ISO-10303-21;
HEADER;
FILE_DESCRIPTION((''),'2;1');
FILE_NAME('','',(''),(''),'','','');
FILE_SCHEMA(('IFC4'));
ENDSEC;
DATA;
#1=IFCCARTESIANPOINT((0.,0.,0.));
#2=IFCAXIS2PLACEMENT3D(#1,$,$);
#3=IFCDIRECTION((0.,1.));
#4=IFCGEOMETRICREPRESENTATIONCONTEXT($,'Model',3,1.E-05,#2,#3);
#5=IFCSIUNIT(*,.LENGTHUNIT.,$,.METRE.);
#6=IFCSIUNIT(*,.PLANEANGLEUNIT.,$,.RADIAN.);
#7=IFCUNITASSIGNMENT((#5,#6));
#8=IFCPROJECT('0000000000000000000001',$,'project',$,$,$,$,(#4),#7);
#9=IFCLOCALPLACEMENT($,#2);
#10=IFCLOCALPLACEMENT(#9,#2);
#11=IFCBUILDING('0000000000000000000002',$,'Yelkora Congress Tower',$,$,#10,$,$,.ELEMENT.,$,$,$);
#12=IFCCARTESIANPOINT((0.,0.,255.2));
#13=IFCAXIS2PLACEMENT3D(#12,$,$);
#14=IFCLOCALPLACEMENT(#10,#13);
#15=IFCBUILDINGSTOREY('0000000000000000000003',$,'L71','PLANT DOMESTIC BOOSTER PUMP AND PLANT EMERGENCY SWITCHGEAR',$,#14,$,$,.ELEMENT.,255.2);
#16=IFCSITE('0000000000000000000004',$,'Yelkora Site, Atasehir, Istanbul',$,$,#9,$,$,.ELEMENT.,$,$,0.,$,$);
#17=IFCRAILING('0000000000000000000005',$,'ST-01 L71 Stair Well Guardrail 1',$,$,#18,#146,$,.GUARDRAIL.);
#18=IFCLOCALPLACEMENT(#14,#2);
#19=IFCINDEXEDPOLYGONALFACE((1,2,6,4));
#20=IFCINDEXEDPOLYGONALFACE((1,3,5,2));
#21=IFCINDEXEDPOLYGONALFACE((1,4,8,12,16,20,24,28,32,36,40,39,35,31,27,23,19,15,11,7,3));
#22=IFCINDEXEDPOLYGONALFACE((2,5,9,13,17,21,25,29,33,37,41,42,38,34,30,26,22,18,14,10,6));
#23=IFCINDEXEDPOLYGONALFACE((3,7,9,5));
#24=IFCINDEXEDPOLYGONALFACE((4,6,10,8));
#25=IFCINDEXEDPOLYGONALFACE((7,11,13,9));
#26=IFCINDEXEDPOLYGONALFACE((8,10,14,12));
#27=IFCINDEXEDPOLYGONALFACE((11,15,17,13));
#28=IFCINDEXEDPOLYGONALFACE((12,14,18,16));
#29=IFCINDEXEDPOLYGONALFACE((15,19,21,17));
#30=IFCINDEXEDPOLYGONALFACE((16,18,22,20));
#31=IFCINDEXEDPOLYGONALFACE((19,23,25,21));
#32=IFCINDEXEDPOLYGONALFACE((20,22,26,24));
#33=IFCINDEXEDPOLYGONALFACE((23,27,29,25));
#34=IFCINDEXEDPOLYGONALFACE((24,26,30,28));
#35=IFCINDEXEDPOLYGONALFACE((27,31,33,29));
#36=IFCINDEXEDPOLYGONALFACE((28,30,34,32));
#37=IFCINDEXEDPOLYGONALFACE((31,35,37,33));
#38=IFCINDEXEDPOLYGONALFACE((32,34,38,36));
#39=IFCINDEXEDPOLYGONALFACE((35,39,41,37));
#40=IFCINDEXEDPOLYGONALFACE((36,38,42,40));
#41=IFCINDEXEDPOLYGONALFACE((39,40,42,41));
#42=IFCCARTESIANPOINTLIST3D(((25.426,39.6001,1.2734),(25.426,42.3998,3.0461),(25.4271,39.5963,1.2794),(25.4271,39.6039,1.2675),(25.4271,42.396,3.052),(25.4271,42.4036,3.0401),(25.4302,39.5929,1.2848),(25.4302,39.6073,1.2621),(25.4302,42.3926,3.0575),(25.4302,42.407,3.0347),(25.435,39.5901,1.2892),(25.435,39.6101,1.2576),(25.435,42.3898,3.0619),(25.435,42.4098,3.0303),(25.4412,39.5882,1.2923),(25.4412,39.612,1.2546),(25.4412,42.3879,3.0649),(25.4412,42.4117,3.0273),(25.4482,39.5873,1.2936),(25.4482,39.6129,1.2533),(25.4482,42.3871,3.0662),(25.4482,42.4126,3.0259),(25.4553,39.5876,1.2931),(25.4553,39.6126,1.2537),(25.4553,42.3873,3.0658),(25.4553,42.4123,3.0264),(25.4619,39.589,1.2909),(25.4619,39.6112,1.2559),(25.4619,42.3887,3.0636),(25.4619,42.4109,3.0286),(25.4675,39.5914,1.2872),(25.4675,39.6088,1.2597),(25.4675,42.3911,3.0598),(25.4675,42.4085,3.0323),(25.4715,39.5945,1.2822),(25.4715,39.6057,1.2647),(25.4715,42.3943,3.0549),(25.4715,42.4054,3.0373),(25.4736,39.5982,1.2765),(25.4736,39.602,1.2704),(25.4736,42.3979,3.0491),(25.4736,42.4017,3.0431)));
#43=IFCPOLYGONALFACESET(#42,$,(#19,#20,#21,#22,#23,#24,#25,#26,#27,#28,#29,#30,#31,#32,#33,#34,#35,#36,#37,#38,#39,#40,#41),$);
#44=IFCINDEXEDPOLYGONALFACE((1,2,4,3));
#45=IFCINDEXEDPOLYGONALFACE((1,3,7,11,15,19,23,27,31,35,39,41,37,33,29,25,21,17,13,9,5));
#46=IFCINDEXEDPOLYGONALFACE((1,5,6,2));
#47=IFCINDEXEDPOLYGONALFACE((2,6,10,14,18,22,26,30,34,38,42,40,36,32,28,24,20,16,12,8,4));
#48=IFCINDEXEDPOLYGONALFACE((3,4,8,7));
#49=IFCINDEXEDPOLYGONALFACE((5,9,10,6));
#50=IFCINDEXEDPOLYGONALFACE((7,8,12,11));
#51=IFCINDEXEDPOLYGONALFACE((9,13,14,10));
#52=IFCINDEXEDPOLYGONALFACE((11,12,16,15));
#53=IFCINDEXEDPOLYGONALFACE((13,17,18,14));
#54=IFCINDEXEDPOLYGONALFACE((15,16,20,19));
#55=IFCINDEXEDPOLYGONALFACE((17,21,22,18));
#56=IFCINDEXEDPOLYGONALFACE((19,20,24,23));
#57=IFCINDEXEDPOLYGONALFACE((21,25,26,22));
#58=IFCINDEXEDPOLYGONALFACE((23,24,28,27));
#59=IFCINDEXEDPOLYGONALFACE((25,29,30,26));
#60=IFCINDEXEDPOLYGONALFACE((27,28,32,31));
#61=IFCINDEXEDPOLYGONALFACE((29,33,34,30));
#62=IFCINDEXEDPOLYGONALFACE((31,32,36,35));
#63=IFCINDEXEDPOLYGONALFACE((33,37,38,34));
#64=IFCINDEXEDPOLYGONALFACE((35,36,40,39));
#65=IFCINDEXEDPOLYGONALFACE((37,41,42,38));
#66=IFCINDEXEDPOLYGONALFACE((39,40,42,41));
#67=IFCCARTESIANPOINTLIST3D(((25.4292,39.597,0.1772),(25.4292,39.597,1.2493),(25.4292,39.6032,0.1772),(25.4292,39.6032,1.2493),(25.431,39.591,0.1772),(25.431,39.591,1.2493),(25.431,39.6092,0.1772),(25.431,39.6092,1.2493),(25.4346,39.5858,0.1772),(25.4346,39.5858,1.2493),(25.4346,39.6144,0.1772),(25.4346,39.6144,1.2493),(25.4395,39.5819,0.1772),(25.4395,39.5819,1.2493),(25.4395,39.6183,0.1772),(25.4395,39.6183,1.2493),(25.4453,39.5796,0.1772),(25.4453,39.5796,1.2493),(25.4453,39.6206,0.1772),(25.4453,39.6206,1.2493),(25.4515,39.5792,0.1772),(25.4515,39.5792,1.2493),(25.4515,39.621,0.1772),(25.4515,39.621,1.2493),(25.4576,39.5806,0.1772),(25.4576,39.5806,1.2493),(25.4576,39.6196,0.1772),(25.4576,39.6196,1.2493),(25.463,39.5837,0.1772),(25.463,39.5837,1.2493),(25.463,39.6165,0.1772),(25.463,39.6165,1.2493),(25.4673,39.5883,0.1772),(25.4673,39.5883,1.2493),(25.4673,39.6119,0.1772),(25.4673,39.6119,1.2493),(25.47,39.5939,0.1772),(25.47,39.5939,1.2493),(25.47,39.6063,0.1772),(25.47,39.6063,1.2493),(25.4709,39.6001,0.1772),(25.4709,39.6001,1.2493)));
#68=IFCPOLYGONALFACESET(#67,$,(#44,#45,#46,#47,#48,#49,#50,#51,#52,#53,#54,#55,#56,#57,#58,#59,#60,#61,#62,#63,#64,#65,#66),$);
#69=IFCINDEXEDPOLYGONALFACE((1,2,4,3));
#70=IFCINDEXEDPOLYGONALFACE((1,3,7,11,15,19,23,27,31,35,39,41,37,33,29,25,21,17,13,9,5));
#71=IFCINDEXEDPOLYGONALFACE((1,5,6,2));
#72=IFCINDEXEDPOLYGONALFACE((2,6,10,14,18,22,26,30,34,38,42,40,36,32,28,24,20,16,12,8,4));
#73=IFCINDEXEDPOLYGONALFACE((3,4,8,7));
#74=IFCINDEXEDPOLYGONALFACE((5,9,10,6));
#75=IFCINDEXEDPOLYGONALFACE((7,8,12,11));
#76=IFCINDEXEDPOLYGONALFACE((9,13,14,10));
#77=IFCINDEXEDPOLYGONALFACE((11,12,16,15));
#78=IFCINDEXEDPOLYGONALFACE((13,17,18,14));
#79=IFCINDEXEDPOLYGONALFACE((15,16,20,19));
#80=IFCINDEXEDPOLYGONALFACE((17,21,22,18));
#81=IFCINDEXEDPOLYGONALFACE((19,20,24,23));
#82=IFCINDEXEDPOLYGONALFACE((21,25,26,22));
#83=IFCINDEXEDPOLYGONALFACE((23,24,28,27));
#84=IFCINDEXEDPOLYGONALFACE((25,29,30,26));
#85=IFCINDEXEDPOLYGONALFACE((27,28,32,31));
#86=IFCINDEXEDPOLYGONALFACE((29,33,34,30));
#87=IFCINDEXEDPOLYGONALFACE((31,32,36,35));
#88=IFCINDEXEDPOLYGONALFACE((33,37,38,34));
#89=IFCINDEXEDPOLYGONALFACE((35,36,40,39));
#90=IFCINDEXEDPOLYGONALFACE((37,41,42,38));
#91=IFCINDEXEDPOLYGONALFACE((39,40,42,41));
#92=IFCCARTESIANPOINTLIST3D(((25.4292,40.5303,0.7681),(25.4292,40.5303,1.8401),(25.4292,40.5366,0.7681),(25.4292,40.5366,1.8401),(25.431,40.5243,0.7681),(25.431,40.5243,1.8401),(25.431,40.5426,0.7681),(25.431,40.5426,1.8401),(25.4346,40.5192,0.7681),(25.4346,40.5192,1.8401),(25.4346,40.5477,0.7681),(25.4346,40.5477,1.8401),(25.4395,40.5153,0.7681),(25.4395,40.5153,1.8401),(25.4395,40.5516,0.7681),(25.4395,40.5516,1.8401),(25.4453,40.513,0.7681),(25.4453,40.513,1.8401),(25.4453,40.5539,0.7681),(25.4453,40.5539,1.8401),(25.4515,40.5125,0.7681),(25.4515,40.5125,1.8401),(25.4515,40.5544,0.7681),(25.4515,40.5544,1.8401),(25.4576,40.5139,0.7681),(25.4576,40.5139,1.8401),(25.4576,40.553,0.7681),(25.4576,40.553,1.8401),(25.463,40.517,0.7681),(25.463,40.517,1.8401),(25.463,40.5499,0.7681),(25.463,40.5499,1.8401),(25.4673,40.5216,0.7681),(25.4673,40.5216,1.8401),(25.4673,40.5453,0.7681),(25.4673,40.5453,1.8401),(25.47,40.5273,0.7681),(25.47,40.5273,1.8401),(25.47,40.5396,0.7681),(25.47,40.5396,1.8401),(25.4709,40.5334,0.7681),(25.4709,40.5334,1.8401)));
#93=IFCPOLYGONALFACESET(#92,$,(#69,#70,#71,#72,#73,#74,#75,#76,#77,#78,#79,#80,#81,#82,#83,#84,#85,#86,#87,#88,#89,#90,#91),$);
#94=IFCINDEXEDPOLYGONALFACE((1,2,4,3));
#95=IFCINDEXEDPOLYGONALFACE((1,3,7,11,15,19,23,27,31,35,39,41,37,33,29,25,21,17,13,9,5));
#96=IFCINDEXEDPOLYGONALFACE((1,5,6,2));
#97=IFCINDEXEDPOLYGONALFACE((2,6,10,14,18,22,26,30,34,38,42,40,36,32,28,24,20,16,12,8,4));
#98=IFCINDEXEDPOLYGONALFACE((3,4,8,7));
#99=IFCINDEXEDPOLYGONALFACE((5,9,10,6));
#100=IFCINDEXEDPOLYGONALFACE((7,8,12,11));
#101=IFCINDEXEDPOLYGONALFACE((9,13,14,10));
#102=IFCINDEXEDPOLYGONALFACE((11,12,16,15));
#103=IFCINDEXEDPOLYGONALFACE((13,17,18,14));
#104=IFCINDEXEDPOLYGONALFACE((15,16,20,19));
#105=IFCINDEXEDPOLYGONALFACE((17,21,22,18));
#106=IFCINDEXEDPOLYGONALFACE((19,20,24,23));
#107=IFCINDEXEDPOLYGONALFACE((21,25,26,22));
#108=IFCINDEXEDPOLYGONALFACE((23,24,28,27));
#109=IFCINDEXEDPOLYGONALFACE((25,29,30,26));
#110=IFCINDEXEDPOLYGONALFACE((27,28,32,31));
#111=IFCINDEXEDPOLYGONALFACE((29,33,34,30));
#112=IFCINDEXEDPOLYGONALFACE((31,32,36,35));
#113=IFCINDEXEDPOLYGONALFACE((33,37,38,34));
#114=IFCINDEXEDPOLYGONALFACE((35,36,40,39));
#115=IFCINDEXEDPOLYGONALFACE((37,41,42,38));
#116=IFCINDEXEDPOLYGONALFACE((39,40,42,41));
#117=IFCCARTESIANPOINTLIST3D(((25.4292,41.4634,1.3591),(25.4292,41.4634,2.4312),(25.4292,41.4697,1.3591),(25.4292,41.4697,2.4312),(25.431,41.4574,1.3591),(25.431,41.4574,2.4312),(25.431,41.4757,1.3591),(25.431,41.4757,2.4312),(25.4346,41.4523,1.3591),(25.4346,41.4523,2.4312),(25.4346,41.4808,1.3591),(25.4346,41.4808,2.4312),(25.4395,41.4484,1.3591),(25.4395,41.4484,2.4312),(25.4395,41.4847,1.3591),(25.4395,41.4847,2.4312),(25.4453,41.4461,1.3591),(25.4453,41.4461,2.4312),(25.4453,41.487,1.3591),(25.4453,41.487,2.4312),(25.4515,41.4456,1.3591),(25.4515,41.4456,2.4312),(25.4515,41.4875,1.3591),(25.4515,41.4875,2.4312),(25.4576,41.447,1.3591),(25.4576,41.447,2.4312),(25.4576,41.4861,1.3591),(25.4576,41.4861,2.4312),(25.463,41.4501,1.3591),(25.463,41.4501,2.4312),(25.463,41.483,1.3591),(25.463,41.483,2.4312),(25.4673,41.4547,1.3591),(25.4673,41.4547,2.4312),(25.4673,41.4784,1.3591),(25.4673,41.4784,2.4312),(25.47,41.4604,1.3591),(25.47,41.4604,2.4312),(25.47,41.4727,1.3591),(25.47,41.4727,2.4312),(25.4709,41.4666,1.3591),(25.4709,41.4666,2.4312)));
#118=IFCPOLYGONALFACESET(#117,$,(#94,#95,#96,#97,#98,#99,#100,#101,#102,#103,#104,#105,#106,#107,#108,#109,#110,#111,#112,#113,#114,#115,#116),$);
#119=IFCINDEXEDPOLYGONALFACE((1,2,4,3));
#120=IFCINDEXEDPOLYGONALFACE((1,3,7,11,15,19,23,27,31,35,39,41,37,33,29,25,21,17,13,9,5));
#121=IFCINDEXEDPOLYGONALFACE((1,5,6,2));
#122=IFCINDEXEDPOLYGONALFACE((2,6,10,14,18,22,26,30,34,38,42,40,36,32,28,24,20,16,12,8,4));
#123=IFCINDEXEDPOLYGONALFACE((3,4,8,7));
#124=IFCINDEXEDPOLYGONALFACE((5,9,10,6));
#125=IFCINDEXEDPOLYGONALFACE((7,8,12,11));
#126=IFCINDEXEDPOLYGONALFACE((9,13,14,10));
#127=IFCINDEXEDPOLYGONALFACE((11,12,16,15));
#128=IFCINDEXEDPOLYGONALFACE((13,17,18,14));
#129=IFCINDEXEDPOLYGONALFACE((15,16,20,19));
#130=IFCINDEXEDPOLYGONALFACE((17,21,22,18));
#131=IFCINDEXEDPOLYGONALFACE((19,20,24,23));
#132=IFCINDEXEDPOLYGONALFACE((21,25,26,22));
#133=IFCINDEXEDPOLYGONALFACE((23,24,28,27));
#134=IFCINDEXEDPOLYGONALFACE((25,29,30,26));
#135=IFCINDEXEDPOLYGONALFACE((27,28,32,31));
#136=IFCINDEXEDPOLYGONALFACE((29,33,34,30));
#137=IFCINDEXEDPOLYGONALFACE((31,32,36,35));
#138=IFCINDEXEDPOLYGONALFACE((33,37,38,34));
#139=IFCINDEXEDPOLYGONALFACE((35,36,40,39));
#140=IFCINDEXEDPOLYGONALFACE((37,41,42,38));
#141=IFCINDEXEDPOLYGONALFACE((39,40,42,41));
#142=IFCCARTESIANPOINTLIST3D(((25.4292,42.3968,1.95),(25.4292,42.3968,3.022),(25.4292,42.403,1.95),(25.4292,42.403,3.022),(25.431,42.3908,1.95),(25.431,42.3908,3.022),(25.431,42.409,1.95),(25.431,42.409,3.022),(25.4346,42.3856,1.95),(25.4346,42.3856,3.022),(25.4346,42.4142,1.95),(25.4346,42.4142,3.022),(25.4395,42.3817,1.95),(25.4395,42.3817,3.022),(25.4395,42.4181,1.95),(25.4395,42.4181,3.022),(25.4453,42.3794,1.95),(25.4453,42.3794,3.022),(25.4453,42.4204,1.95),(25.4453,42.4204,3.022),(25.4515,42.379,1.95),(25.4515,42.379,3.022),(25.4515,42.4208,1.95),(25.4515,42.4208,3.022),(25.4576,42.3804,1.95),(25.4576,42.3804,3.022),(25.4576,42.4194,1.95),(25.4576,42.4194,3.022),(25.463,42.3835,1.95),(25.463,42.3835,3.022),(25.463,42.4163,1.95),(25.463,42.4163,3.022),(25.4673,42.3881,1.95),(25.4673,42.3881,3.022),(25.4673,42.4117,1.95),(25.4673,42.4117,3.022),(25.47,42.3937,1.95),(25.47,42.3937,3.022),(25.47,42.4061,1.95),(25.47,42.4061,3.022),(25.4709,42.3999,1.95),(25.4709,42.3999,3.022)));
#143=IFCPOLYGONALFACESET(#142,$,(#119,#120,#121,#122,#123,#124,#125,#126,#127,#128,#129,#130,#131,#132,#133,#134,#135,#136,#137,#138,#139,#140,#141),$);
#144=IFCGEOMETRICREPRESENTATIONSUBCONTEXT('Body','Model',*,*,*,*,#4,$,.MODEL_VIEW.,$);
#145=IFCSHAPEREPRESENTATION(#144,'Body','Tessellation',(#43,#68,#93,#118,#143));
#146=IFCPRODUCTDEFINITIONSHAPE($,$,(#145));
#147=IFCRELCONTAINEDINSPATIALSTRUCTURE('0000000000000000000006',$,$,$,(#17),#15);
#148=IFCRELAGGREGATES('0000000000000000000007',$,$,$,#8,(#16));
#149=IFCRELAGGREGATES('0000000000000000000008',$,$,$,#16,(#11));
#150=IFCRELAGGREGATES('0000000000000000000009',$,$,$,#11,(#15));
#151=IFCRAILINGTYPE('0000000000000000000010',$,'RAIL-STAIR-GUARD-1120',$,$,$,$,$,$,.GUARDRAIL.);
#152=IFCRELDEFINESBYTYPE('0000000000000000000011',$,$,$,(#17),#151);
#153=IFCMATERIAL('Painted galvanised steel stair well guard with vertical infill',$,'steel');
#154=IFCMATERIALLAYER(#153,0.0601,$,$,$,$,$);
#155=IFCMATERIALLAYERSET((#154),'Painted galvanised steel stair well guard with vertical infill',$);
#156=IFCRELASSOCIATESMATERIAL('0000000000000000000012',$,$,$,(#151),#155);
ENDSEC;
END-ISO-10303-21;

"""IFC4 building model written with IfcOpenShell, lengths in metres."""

from ifc_helpers import new_model, si_unit, direction, frame, origin, origin_2d, place, context, subcontext, project, spatial, circle, extrude, material, layer, layer_set, type_object, element, save


model = new_model("IFC4")

# Units and contexts
model_context = context("Model", 3, precision=1e-05, world=origin(), true_north=direction((0.0, 1.0)))
body_context = subcontext(model_context, "Body", "Model", "MODEL_VIEW")
ifc_project = project(units=[si_unit("LENGTHUNIT", "METRE"), si_unit("PLANEANGLEUNIT", "RADIAN")], contexts=[model_context])

# Site, building, storey
site_placement = place(None, origin())
site = spatial("IfcSite", under=ifc_project, at=site_placement, Name="Yelkora Site, Atasehir, Istanbul", CompositionType="ELEMENT", RefElevation=0.0)
building_placement = place(site_placement, origin())
building = spatial("IfcBuilding", under=site, at=building_placement, Name="Yelkora Congress Tower", CompositionType="ELEMENT")
storey_placement = place(building_placement, frame((0.0, 0.0, 255.2)))
storey = spatial("IfcBuildingStorey", under=building, at=storey_placement, Name="L71", Description="PLANT DOMESTIC BOOSTER PUMP AND PLANT EMERGENCY SWITCHGEAR", CompositionType="ELEMENT", Elevation=255.2)

# Railing
ifc_material_1 = material(Name="Painted galvanised steel stair well guard with vertical infill", Category="steel")
ifc_layer_1 = layer(ifc_material_1, 0.0601)
ifc_layer_set_1 = layer_set([ifc_layer_1], Name="Painted galvanised steel stair well guard with vertical infill")
railing_type_1 = type_object("IfcRailingType", Name="RAIL-STAIR-GUARD-1120", PredefinedType="GUARDRAIL", material=ifc_layer_set_1)
railing_1_placement = place(storey_placement, frame((25.45, 39.6001, 0.1772)))
element("IfcRailing", 1, at=railing_1_placement, inside=storey, type_object=railing_type_1, Name="ST-01 L71 Stair Well Guardrail 1", PredefinedType="GUARDRAIL", context=body_context, shape_type="SweptSolid", body=[
    extrude(circle(Radius=0.0239, at=origin_2d()), frame((0.0, 0.0, 1.0962), z_axis=(0.0, 0.844888, 0.534943), x_axis=(-1.0, 0.0, 0.0)), (0.0, 0.0, 1.0), 3.3137),
    extrude(circle(Radius=0.021, at=origin_2d()), origin(), (0.0, 0.0, 1.0), 1.072),
    extrude(circle(Radius=0.021, at=origin_2d()), frame((0.0, 0.9333, 0.5908)), (0.0, 0.0, 1.0), 1.072),
    extrude(circle(Radius=0.021, at=origin_2d()), frame((0.0, 1.8665, 1.1819)), (0.0, 0.0, 1.0), 1.072),
    extrude(circle(Radius=0.021, at=origin_2d()), frame((0.0, 2.7998, 1.7727)), (0.0, 0.0, 1.0), 1.072),
])

save(model, "model.ifc")
